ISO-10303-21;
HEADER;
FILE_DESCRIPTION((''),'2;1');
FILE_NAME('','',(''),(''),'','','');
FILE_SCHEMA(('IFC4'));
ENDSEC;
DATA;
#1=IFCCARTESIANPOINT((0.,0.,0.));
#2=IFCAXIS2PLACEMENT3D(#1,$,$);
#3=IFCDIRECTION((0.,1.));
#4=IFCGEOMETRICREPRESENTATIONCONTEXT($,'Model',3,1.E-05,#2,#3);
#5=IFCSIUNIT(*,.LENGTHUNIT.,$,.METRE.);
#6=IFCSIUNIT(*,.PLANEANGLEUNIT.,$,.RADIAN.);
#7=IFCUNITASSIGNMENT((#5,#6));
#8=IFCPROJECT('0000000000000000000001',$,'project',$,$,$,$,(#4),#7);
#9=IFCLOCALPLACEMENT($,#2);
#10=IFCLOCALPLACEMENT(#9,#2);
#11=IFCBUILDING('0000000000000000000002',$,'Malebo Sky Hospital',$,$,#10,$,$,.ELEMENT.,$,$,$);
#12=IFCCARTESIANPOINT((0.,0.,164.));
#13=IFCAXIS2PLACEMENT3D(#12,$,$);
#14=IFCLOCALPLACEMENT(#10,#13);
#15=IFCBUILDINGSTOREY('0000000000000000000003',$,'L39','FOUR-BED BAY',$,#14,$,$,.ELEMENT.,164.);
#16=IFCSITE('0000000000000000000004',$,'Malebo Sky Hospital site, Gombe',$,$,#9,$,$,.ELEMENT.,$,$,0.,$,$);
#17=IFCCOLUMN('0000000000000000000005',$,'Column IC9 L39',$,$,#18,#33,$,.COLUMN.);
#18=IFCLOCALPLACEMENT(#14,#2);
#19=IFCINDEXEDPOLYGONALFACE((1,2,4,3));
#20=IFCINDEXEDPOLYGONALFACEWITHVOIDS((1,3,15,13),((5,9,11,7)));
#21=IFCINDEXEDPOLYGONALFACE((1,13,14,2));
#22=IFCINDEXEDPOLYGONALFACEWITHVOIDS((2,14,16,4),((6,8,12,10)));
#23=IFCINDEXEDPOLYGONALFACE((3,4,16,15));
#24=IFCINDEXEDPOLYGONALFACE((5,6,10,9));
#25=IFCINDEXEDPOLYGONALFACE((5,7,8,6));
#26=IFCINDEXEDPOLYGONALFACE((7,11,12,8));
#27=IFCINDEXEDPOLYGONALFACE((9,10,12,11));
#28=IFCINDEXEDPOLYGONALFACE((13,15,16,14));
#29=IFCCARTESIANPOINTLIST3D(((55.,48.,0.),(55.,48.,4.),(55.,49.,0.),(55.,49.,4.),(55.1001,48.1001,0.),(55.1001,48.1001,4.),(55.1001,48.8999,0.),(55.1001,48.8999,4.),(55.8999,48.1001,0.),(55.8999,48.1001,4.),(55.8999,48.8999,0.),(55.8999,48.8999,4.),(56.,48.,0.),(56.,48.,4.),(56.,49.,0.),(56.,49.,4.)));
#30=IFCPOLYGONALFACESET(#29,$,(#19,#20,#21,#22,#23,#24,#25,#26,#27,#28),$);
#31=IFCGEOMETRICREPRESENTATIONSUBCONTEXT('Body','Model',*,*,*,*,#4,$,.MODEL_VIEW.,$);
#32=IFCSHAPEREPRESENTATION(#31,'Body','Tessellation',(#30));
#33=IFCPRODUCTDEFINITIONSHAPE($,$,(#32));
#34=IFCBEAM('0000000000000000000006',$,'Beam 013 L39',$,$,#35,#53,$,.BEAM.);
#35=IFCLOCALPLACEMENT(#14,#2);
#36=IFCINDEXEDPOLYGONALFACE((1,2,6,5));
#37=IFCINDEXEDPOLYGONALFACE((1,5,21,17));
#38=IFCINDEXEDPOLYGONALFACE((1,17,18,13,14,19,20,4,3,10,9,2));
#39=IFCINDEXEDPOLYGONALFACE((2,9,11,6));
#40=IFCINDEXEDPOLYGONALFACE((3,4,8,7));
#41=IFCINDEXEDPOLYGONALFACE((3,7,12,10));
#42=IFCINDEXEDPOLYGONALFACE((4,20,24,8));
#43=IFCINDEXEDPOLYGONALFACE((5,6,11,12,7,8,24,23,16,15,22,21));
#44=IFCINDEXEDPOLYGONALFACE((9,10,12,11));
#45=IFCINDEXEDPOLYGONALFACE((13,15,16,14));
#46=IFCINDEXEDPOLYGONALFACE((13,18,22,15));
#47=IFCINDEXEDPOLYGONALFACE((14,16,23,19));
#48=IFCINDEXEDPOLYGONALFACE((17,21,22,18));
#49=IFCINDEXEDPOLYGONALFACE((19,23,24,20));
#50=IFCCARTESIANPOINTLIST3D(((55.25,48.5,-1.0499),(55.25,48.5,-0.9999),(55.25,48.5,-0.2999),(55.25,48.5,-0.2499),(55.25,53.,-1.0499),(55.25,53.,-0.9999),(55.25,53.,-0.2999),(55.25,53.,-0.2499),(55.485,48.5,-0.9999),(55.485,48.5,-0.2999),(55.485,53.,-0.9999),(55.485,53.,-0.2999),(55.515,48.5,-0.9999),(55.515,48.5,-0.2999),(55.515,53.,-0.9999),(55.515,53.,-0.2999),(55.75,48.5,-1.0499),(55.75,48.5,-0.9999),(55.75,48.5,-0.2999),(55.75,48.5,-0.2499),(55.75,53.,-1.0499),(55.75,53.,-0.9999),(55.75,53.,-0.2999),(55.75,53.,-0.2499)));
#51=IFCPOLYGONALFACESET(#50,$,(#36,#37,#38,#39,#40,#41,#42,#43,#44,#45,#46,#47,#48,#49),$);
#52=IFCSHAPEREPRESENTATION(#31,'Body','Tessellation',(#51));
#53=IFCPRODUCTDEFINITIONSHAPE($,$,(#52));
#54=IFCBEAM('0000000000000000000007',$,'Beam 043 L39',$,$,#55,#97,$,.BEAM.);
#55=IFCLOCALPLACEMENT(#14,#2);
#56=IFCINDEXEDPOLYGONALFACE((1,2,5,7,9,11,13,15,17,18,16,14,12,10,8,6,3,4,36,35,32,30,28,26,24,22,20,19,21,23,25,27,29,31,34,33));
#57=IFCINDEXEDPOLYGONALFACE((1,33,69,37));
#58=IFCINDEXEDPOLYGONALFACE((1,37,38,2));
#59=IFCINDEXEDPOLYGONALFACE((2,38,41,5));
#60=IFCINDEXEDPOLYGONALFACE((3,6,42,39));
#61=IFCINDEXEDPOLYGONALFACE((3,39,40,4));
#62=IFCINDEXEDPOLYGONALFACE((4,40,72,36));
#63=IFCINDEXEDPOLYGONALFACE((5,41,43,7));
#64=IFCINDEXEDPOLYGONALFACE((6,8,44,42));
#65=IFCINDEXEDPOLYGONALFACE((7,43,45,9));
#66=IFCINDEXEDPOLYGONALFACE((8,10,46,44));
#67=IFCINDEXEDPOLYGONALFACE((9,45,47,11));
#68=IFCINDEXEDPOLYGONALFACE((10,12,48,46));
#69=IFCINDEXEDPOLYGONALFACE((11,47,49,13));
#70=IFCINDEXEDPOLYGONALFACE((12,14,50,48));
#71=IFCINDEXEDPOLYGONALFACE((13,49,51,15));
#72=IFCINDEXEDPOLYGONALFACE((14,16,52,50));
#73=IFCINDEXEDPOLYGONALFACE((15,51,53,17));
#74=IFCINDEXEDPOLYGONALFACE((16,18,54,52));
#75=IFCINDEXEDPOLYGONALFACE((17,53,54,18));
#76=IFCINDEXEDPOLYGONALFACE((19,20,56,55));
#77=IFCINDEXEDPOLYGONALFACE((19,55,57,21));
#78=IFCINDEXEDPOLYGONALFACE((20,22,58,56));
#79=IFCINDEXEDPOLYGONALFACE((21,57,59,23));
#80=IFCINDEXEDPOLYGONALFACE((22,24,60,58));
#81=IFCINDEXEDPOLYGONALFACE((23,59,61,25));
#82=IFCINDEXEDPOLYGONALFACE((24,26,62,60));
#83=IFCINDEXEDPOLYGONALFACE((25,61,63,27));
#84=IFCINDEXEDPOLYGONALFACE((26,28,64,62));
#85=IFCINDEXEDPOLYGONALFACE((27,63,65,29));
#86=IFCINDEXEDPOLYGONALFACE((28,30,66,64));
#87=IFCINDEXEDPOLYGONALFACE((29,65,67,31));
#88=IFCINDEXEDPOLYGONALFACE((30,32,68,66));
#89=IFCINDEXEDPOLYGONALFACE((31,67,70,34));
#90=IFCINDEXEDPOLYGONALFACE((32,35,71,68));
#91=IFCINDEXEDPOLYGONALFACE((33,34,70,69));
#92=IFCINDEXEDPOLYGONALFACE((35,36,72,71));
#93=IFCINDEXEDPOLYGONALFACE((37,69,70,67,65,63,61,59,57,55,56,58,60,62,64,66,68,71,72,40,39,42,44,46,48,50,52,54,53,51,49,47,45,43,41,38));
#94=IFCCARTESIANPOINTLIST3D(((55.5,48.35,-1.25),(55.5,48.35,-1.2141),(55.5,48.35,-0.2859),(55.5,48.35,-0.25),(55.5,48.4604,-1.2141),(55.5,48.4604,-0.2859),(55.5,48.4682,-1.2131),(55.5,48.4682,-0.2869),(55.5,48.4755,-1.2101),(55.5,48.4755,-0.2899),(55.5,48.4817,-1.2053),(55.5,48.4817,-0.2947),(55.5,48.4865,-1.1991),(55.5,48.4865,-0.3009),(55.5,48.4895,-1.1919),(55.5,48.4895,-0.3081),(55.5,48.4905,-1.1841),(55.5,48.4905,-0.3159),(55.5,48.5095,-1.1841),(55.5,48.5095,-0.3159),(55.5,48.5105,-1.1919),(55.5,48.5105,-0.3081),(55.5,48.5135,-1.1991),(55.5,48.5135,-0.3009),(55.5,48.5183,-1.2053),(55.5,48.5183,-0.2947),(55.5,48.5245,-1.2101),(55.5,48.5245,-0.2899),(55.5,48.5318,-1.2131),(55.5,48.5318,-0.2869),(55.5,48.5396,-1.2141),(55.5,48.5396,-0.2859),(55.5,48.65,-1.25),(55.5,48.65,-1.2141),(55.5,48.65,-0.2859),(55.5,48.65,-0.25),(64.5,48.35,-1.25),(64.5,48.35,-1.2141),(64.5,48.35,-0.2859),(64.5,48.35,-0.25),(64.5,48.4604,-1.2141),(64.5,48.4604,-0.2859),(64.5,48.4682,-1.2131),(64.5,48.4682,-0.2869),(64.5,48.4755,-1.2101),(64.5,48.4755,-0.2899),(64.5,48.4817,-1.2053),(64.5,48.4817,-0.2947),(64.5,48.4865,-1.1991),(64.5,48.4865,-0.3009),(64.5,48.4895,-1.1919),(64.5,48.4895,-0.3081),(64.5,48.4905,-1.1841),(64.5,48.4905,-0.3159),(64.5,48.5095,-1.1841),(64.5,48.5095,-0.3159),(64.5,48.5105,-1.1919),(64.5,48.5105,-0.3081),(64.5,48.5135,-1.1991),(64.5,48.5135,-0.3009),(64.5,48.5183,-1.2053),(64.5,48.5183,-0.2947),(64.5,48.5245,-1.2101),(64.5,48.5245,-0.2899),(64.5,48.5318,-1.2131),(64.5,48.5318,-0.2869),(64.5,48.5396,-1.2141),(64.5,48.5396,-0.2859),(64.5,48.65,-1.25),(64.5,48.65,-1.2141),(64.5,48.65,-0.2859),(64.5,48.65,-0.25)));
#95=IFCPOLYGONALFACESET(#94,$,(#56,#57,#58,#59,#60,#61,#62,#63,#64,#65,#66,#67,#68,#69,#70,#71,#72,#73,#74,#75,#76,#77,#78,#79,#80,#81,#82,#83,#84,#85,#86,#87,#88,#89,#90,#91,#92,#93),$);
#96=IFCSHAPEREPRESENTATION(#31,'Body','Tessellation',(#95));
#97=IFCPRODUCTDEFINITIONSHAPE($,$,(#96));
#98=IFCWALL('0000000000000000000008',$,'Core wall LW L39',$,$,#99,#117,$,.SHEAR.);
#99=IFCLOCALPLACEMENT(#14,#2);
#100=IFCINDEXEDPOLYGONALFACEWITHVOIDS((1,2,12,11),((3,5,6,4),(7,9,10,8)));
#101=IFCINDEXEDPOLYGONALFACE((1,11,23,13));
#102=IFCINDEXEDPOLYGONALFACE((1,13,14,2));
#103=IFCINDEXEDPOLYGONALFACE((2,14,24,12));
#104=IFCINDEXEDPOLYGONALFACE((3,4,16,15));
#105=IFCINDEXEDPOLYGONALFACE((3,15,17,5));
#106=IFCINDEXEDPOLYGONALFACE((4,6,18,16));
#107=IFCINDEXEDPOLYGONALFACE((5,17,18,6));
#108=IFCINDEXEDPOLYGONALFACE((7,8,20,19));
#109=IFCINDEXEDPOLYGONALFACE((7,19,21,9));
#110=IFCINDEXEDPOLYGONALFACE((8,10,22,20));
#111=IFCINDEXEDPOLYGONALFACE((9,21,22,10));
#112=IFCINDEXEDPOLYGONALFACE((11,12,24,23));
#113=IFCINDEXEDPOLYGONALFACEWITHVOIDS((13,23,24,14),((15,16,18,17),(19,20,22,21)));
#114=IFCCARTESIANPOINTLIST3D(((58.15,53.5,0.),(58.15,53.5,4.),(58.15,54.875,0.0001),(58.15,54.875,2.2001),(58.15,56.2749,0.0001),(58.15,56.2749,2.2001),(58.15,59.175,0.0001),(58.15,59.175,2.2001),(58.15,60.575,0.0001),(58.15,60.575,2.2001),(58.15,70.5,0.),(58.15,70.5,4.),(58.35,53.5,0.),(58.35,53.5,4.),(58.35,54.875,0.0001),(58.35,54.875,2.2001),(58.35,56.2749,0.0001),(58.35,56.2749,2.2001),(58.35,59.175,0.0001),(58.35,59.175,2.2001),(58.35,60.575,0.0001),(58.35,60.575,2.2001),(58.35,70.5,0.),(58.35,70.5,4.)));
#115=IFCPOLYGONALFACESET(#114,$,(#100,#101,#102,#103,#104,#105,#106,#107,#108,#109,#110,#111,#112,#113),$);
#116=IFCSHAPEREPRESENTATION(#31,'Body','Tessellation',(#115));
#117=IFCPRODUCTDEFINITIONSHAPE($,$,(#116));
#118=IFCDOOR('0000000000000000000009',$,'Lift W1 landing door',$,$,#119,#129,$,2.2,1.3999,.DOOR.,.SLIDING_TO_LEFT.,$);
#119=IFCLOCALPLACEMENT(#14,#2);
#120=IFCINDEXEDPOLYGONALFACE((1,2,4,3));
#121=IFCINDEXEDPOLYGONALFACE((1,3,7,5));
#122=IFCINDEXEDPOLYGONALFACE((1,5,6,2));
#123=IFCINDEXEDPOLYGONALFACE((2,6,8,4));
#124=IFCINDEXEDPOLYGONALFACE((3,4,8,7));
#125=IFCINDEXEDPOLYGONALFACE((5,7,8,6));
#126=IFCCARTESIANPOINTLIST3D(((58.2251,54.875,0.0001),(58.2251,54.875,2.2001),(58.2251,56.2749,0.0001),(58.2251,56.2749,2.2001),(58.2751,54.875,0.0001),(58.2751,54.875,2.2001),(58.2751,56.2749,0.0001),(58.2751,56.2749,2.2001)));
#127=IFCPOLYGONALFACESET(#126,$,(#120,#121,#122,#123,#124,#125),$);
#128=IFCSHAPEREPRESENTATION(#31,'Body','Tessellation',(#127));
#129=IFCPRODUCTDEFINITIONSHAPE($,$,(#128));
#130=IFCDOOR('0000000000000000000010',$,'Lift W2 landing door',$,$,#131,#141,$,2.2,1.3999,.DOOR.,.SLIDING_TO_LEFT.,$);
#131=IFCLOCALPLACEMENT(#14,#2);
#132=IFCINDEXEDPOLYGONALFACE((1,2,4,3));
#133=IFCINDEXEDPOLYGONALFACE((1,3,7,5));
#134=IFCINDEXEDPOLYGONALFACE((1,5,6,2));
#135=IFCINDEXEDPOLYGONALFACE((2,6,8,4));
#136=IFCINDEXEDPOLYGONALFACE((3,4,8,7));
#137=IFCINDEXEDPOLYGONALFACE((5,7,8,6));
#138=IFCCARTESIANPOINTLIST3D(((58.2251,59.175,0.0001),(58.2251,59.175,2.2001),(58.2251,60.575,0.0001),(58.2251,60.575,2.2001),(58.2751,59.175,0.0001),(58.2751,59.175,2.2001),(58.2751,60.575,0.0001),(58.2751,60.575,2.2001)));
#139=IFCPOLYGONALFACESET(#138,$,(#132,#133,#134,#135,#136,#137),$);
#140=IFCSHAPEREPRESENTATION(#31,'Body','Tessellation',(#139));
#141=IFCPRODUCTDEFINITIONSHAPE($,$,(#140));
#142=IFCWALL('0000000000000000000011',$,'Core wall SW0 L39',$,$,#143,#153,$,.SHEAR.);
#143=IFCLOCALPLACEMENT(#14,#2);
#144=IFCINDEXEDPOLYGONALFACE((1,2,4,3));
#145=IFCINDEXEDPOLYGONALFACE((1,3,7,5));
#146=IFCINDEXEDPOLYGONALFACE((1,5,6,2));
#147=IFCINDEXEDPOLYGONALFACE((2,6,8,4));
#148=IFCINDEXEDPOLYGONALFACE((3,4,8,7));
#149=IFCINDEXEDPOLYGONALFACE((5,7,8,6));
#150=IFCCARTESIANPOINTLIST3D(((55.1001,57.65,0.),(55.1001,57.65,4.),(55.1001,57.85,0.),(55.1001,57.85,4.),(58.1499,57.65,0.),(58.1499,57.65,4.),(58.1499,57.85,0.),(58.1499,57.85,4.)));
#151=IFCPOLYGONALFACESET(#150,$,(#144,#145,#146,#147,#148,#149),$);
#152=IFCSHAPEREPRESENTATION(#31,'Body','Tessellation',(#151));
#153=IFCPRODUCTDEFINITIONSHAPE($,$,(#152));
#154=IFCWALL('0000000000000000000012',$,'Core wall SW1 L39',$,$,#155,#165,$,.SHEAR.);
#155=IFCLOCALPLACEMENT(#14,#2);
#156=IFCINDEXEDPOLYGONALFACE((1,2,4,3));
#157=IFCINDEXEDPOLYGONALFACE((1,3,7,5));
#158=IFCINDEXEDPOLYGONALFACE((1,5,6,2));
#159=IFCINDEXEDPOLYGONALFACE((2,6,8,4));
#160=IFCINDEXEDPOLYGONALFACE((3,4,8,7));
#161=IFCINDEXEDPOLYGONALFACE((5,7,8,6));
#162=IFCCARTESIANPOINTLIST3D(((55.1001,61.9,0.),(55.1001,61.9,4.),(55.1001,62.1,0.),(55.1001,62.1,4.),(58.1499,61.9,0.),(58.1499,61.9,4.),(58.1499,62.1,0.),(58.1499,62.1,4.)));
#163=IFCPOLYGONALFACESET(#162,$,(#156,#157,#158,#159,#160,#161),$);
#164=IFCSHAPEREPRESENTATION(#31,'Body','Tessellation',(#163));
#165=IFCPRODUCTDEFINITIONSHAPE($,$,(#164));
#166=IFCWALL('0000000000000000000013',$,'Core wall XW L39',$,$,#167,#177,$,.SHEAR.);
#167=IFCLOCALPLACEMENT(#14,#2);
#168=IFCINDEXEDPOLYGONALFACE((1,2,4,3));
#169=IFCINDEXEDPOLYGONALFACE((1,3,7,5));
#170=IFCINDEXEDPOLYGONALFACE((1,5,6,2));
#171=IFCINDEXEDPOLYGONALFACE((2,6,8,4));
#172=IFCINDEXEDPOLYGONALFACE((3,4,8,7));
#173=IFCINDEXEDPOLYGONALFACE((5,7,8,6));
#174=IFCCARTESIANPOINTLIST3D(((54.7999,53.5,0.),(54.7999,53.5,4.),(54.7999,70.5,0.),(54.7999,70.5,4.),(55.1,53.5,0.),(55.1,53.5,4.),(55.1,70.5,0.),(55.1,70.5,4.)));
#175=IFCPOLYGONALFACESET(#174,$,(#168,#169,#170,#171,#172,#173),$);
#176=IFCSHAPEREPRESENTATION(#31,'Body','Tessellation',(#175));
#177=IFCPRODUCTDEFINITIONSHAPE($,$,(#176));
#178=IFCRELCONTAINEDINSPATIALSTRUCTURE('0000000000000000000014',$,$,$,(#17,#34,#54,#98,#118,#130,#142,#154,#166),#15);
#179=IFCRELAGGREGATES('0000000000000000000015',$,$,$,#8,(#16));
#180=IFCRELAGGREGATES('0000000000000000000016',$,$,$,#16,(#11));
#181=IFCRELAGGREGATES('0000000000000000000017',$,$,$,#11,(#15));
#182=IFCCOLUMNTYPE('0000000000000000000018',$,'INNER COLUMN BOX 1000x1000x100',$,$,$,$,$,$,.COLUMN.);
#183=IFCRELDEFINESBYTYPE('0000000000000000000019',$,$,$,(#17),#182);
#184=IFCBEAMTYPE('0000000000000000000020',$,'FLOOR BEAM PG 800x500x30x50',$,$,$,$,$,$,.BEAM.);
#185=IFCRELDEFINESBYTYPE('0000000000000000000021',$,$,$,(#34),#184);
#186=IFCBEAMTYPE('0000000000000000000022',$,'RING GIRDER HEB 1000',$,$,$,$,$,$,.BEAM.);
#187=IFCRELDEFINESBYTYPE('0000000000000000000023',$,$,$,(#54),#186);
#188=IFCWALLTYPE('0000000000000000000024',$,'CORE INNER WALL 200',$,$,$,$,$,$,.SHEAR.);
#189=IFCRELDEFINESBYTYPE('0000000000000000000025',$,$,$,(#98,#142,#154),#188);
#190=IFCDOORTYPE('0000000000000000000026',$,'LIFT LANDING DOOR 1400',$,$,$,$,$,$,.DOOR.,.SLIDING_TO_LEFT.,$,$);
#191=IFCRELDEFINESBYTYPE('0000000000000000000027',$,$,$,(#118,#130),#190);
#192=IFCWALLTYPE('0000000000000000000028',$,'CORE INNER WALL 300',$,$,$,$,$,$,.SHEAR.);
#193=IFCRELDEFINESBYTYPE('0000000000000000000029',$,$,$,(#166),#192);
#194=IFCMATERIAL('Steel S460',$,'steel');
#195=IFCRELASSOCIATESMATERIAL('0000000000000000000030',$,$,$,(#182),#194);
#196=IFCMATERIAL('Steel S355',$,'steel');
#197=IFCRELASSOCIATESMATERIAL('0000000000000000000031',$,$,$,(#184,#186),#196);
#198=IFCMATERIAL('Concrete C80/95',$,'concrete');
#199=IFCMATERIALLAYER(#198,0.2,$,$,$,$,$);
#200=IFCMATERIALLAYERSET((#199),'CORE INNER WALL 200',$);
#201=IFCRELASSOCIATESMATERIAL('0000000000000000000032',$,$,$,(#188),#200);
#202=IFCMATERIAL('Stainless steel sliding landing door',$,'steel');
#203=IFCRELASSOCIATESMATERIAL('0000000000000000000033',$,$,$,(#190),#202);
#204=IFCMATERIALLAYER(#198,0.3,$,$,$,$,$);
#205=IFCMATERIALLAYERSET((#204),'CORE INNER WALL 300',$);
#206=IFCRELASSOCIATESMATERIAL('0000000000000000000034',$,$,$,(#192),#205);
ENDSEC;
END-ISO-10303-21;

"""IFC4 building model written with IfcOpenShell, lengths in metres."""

from ifc_helpers import new_model, si_unit, direction, frame, frame_2d, origin, origin_2d, place, context, subcontext, project, spatial, rectangle, hollow_rectangle, i_section, extrude, material, layer, layer_set, material_profile, profile_set, type_object, element, fill, save


model = new_model("IFC4")

# Units and contexts
model_context = context("Model", 3, precision=1e-05, world=origin(), true_north=direction((0.0, 1.0)))
body_context = subcontext(model_context, "Body", "Model", "MODEL_VIEW")
ifc_project = project(units=[si_unit("LENGTHUNIT", "METRE"), si_unit("PLANEANGLEUNIT", "RADIAN")], contexts=[model_context])

# Site, building, storey
site_placement = place(None, origin())
site = spatial("IfcSite", under=ifc_project, at=site_placement, Name="Malebo Sky Hospital site, Gombe", CompositionType="ELEMENT", RefElevation=0.0)
building_placement = place(site_placement, origin())
building = spatial("IfcBuilding", under=site, at=building_placement, Name="Malebo Sky Hospital", CompositionType="ELEMENT")
storey_placement = place(building_placement, frame((0.0, 0.0, 164.0)))
storey = spatial("IfcBuildingStorey", under=building, at=storey_placement, Name="L39", Description="FOUR-BED BAY", CompositionType="ELEMENT", Elevation=164.0)

# Column
ifc_material_1 = material(Name="Steel S460", Category="steel")
ifc_material_profile_1 = material_profile(ifc_material_1, hollow_rectangle(XDim=1.0, YDim=1.0, WallThickness=0.1001, at=origin_2d()), Name="BOX 1000x1000x100")
ifc_profile_set_1 = profile_set([ifc_material_profile_1], Name="Steel S460")
column_type = type_object("IfcColumnType", Name="INNER COLUMN BOX 1000x1000x100", PredefinedType="COLUMN", material=ifc_profile_set_1)
column_placement = place(storey_placement, frame((55.5, 48.5, 0.0), z_axis=(0.0, 0.0, 1.0), x_axis=(1.0, 0.0, 0.0)))
element("IfcColumn", 1, at=column_placement, inside=storey, type_object=column_type, Name="Column IC9 L39", PredefinedType="COLUMN", context=body_context, shape_type="SweptSolid", body=[
    extrude(hollow_rectangle(XDim=1.0, YDim=1.0, WallThickness=0.1001, at=origin_2d()), origin(), (0.0, 0.0, 1.0), 4.0),
])

# Beams
ifc_material_2 = material(Name="Steel S355", Category="steel")
ifc_material_profile_2 = material_profile(ifc_material_2, i_section(OverallWidth=0.5, OverallDepth=0.8, WebThickness=0.03, FlangeThickness=0.05, at=origin_2d()), Name="PG 800x500x30x50")
ifc_profile_set_2 = profile_set([ifc_material_profile_2], Name="Steel S355")
beam_type_1 = type_object("IfcBeamType", Name="FLOOR BEAM PG 800x500x30x50", PredefinedType="BEAM", material=ifc_profile_set_2)
beam_1_placement = place(storey_placement, frame((55.5, 48.5, -0.6499), z_axis=(0.0, 1.0, 0.0), x_axis=(-1.0, 0.0, 0.0)))
element("IfcBeam", 2, at=beam_1_placement, inside=storey, type_object=beam_type_1, Name="Beam 013 L39", PredefinedType="BEAM", context=body_context, shape_type="SweptSolid", body=[
    extrude(i_section(OverallWidth=0.5, OverallDepth=0.8, WebThickness=0.03, FlangeThickness=0.05, at=origin_2d()), origin(), (0.0, 0.0, 1.0), 4.5),
])
ifc_material_profile_3 = material_profile(ifc_material_2, i_section(OverallWidth=0.3, OverallDepth=1.0, WebThickness=0.019, FlangeThickness=0.0359, FilletRadius=0.03, at=origin_2d()), Name="HEB 1000")
ifc_profile_set_3 = profile_set([ifc_material_profile_3], Name="Steel S355")
beam_type_2 = type_object("IfcBeamType", Name="RING GIRDER HEB 1000", PredefinedType="BEAM", material=ifc_profile_set_3)
beam_2_placement = place(storey_placement, frame((55.5, 48.5, -0.75), z_axis=(1.0, 0.0, 0.0), x_axis=(0.0, 1.0, 0.0)))
element("IfcBeam", 3, at=beam_2_placement, inside=storey, type_object=beam_type_2, Name="Beam 043 L39", PredefinedType="BEAM", context=body_context, shape_type="SweptSolid", body=[
    extrude(i_section(OverallWidth=0.3, OverallDepth=1.0, WebThickness=0.019, FlangeThickness=0.0359, FilletRadius=0.03, at=origin_2d()), origin(), (0.0, 0.0, 1.0), 9.0),
])

# Wall, openings, doors
ifc_material_3 = material(Name="Concrete C80/95", Category="concrete")
ifc_layer_1 = layer(ifc_material_3, 0.2)
ifc_layer_set_1 = layer_set([ifc_layer_1], Name="CORE INNER WALL 200")
wall_type_1 = type_object("IfcWallType", Name="CORE INNER WALL 200", PredefinedType="SHEAR", material=ifc_layer_set_1)
wall_1_placement = place(storey_placement, frame((58.25, 53.5, 0.0), z_axis=(0.0, 0.0, 1.0), x_axis=(0.0, 1.0, 0.0)))
wall_1 = element("IfcWall", 4, at=wall_1_placement, inside=storey, type_object=wall_type_1, Name="Core wall LW L39", PredefinedType="SHEAR", context=body_context, shape_type="SweptSolid", body=[
    extrude(rectangle(XDim=17.0, YDim=0.2, at=frame_2d((8.5, 0.0))), origin(), (0.0, 0.0, 1.0), 4.0),
])
opening_1_placement = place(wall_1_placement, frame((1.375, 0.0, 0.0)))
opening_1 = element("IfcOpeningElement", 5, at=opening_1_placement, cuts=wall_1, PredefinedType="OPENING", context=body_context, shape_type="SweptSolid", body=[
    extrude(rectangle(XDim=1.3999, YDim=2.2, at=frame_2d((0.7, 1.1001))), frame((0.0, 0.1099, 0.0), z_axis=(0.0, -1.0, 0.0), x_axis=(1.0, 0.0, 0.0)), (0.0, 0.0, 1.0), 0.22),
])
opening_2_placement = place(wall_1_placement, frame((5.675, 0.0, 0.0)))
opening_2 = element("IfcOpeningElement", 6, at=opening_2_placement, cuts=wall_1, PredefinedType="OPENING", context=body_context, shape_type="SweptSolid", body=[
    extrude(rectangle(XDim=1.3999, YDim=2.2, at=frame_2d((0.7, 1.1001))), frame((0.0, 0.1099, 0.0), z_axis=(0.0, -1.0, 0.0), x_axis=(1.0, 0.0, 0.0)), (0.0, 0.0, 1.0), 0.22),
])
ifc_material_4 = material(Name="Stainless steel sliding landing door", Category="steel")
door_type_1 = type_object("IfcDoorType", Name="LIFT LANDING DOOR 1400", OperationType="SLIDING_TO_LEFT", PredefinedType="DOOR", material=ifc_material_4)
door_1_placement = place(opening_1_placement, origin())
door_1 = element("IfcDoor", 7, at=door_1_placement, inside=storey, type_object=door_type_1, Name="Lift W1 landing door", OperationType="SLIDING_TO_LEFT", OverallHeight=2.2, OverallWidth=1.3999, PredefinedType="DOOR", context=body_context, shape_type="SweptSolid", body=[
    extrude(rectangle(XDim=1.3999, YDim=2.2, at=frame_2d((0.7, 1.1001))), frame((0.0, 0.0249, 0.0), z_axis=(0.0, -1.0, 0.0), x_axis=(1.0, 0.0, 0.0)), (0.0, 0.0, 1.0), 0.05),
])
fill(opening_1, door_1)
door_2_placement = place(opening_2_placement, origin())
door_2 = element("IfcDoor", 8, at=door_2_placement, inside=storey, type_object=door_type_1, Name="Lift W2 landing door", OperationType="SLIDING_TO_LEFT", OverallHeight=2.2, OverallWidth=1.3999, PredefinedType="DOOR", context=body_context, shape_type="SweptSolid", body=[
    extrude(rectangle(XDim=1.3999, YDim=2.2, at=frame_2d((0.7, 1.1001))), frame((0.0, 0.0249, 0.0), z_axis=(0.0, -1.0, 0.0), x_axis=(1.0, 0.0, 0.0)), (0.0, 0.0, 1.0), 0.05),
])
fill(opening_2, door_2)

# Walls
for number, where, z_axis, x_axis, name in (
    (9, (55.1001, 57.75, 0.0), (0.0, 0.0, 1.0), (1.0, 0.0, 0.0), "Core wall SW0 L39"),
    (10, (55.1001, 62.0, 0.0), (0.0, 0.0, 1.0), (1.0, 0.0, 0.0), "Core wall SW1 L39"),
):
    element("IfcWall", number, at=place(storey_placement, frame(where, z_axis=z_axis, x_axis=x_axis)), inside=storey, type_object=wall_type_1, Name=name, PredefinedType="SHEAR", context=body_context, shape_type="SweptSolid", body=[
        extrude(rectangle(XDim=3.0498, YDim=0.2, at=frame_2d((1.5249, 0.0))), origin(), (0.0, 0.0, 1.0), 4.0),
    ])
ifc_layer_2 = layer(ifc_material_3, 0.3)
ifc_layer_set_2 = layer_set([ifc_layer_2], Name="CORE INNER WALL 300")
wall_type_2 = type_object("IfcWallType", Name="CORE INNER WALL 300", PredefinedType="SHEAR", material=ifc_layer_set_2)
wall_2_placement = place(storey_placement, frame((54.95, 53.5, 0.0), z_axis=(0.0, 0.0, 1.0), x_axis=(0.0, 1.0, 0.0)))
element("IfcWall", 11, at=wall_2_placement, inside=storey, type_object=wall_type_2, Name="Core wall XW L39", PredefinedType="SHEAR", context=body_context, shape_type="SweptSolid", body=[
    extrude(rectangle(XDim=17.0, YDim=0.3, at=frame_2d((8.5, 0.0))), origin(), (0.0, 0.0, 1.0), 4.0),
])

save(model, "model.ifc")
